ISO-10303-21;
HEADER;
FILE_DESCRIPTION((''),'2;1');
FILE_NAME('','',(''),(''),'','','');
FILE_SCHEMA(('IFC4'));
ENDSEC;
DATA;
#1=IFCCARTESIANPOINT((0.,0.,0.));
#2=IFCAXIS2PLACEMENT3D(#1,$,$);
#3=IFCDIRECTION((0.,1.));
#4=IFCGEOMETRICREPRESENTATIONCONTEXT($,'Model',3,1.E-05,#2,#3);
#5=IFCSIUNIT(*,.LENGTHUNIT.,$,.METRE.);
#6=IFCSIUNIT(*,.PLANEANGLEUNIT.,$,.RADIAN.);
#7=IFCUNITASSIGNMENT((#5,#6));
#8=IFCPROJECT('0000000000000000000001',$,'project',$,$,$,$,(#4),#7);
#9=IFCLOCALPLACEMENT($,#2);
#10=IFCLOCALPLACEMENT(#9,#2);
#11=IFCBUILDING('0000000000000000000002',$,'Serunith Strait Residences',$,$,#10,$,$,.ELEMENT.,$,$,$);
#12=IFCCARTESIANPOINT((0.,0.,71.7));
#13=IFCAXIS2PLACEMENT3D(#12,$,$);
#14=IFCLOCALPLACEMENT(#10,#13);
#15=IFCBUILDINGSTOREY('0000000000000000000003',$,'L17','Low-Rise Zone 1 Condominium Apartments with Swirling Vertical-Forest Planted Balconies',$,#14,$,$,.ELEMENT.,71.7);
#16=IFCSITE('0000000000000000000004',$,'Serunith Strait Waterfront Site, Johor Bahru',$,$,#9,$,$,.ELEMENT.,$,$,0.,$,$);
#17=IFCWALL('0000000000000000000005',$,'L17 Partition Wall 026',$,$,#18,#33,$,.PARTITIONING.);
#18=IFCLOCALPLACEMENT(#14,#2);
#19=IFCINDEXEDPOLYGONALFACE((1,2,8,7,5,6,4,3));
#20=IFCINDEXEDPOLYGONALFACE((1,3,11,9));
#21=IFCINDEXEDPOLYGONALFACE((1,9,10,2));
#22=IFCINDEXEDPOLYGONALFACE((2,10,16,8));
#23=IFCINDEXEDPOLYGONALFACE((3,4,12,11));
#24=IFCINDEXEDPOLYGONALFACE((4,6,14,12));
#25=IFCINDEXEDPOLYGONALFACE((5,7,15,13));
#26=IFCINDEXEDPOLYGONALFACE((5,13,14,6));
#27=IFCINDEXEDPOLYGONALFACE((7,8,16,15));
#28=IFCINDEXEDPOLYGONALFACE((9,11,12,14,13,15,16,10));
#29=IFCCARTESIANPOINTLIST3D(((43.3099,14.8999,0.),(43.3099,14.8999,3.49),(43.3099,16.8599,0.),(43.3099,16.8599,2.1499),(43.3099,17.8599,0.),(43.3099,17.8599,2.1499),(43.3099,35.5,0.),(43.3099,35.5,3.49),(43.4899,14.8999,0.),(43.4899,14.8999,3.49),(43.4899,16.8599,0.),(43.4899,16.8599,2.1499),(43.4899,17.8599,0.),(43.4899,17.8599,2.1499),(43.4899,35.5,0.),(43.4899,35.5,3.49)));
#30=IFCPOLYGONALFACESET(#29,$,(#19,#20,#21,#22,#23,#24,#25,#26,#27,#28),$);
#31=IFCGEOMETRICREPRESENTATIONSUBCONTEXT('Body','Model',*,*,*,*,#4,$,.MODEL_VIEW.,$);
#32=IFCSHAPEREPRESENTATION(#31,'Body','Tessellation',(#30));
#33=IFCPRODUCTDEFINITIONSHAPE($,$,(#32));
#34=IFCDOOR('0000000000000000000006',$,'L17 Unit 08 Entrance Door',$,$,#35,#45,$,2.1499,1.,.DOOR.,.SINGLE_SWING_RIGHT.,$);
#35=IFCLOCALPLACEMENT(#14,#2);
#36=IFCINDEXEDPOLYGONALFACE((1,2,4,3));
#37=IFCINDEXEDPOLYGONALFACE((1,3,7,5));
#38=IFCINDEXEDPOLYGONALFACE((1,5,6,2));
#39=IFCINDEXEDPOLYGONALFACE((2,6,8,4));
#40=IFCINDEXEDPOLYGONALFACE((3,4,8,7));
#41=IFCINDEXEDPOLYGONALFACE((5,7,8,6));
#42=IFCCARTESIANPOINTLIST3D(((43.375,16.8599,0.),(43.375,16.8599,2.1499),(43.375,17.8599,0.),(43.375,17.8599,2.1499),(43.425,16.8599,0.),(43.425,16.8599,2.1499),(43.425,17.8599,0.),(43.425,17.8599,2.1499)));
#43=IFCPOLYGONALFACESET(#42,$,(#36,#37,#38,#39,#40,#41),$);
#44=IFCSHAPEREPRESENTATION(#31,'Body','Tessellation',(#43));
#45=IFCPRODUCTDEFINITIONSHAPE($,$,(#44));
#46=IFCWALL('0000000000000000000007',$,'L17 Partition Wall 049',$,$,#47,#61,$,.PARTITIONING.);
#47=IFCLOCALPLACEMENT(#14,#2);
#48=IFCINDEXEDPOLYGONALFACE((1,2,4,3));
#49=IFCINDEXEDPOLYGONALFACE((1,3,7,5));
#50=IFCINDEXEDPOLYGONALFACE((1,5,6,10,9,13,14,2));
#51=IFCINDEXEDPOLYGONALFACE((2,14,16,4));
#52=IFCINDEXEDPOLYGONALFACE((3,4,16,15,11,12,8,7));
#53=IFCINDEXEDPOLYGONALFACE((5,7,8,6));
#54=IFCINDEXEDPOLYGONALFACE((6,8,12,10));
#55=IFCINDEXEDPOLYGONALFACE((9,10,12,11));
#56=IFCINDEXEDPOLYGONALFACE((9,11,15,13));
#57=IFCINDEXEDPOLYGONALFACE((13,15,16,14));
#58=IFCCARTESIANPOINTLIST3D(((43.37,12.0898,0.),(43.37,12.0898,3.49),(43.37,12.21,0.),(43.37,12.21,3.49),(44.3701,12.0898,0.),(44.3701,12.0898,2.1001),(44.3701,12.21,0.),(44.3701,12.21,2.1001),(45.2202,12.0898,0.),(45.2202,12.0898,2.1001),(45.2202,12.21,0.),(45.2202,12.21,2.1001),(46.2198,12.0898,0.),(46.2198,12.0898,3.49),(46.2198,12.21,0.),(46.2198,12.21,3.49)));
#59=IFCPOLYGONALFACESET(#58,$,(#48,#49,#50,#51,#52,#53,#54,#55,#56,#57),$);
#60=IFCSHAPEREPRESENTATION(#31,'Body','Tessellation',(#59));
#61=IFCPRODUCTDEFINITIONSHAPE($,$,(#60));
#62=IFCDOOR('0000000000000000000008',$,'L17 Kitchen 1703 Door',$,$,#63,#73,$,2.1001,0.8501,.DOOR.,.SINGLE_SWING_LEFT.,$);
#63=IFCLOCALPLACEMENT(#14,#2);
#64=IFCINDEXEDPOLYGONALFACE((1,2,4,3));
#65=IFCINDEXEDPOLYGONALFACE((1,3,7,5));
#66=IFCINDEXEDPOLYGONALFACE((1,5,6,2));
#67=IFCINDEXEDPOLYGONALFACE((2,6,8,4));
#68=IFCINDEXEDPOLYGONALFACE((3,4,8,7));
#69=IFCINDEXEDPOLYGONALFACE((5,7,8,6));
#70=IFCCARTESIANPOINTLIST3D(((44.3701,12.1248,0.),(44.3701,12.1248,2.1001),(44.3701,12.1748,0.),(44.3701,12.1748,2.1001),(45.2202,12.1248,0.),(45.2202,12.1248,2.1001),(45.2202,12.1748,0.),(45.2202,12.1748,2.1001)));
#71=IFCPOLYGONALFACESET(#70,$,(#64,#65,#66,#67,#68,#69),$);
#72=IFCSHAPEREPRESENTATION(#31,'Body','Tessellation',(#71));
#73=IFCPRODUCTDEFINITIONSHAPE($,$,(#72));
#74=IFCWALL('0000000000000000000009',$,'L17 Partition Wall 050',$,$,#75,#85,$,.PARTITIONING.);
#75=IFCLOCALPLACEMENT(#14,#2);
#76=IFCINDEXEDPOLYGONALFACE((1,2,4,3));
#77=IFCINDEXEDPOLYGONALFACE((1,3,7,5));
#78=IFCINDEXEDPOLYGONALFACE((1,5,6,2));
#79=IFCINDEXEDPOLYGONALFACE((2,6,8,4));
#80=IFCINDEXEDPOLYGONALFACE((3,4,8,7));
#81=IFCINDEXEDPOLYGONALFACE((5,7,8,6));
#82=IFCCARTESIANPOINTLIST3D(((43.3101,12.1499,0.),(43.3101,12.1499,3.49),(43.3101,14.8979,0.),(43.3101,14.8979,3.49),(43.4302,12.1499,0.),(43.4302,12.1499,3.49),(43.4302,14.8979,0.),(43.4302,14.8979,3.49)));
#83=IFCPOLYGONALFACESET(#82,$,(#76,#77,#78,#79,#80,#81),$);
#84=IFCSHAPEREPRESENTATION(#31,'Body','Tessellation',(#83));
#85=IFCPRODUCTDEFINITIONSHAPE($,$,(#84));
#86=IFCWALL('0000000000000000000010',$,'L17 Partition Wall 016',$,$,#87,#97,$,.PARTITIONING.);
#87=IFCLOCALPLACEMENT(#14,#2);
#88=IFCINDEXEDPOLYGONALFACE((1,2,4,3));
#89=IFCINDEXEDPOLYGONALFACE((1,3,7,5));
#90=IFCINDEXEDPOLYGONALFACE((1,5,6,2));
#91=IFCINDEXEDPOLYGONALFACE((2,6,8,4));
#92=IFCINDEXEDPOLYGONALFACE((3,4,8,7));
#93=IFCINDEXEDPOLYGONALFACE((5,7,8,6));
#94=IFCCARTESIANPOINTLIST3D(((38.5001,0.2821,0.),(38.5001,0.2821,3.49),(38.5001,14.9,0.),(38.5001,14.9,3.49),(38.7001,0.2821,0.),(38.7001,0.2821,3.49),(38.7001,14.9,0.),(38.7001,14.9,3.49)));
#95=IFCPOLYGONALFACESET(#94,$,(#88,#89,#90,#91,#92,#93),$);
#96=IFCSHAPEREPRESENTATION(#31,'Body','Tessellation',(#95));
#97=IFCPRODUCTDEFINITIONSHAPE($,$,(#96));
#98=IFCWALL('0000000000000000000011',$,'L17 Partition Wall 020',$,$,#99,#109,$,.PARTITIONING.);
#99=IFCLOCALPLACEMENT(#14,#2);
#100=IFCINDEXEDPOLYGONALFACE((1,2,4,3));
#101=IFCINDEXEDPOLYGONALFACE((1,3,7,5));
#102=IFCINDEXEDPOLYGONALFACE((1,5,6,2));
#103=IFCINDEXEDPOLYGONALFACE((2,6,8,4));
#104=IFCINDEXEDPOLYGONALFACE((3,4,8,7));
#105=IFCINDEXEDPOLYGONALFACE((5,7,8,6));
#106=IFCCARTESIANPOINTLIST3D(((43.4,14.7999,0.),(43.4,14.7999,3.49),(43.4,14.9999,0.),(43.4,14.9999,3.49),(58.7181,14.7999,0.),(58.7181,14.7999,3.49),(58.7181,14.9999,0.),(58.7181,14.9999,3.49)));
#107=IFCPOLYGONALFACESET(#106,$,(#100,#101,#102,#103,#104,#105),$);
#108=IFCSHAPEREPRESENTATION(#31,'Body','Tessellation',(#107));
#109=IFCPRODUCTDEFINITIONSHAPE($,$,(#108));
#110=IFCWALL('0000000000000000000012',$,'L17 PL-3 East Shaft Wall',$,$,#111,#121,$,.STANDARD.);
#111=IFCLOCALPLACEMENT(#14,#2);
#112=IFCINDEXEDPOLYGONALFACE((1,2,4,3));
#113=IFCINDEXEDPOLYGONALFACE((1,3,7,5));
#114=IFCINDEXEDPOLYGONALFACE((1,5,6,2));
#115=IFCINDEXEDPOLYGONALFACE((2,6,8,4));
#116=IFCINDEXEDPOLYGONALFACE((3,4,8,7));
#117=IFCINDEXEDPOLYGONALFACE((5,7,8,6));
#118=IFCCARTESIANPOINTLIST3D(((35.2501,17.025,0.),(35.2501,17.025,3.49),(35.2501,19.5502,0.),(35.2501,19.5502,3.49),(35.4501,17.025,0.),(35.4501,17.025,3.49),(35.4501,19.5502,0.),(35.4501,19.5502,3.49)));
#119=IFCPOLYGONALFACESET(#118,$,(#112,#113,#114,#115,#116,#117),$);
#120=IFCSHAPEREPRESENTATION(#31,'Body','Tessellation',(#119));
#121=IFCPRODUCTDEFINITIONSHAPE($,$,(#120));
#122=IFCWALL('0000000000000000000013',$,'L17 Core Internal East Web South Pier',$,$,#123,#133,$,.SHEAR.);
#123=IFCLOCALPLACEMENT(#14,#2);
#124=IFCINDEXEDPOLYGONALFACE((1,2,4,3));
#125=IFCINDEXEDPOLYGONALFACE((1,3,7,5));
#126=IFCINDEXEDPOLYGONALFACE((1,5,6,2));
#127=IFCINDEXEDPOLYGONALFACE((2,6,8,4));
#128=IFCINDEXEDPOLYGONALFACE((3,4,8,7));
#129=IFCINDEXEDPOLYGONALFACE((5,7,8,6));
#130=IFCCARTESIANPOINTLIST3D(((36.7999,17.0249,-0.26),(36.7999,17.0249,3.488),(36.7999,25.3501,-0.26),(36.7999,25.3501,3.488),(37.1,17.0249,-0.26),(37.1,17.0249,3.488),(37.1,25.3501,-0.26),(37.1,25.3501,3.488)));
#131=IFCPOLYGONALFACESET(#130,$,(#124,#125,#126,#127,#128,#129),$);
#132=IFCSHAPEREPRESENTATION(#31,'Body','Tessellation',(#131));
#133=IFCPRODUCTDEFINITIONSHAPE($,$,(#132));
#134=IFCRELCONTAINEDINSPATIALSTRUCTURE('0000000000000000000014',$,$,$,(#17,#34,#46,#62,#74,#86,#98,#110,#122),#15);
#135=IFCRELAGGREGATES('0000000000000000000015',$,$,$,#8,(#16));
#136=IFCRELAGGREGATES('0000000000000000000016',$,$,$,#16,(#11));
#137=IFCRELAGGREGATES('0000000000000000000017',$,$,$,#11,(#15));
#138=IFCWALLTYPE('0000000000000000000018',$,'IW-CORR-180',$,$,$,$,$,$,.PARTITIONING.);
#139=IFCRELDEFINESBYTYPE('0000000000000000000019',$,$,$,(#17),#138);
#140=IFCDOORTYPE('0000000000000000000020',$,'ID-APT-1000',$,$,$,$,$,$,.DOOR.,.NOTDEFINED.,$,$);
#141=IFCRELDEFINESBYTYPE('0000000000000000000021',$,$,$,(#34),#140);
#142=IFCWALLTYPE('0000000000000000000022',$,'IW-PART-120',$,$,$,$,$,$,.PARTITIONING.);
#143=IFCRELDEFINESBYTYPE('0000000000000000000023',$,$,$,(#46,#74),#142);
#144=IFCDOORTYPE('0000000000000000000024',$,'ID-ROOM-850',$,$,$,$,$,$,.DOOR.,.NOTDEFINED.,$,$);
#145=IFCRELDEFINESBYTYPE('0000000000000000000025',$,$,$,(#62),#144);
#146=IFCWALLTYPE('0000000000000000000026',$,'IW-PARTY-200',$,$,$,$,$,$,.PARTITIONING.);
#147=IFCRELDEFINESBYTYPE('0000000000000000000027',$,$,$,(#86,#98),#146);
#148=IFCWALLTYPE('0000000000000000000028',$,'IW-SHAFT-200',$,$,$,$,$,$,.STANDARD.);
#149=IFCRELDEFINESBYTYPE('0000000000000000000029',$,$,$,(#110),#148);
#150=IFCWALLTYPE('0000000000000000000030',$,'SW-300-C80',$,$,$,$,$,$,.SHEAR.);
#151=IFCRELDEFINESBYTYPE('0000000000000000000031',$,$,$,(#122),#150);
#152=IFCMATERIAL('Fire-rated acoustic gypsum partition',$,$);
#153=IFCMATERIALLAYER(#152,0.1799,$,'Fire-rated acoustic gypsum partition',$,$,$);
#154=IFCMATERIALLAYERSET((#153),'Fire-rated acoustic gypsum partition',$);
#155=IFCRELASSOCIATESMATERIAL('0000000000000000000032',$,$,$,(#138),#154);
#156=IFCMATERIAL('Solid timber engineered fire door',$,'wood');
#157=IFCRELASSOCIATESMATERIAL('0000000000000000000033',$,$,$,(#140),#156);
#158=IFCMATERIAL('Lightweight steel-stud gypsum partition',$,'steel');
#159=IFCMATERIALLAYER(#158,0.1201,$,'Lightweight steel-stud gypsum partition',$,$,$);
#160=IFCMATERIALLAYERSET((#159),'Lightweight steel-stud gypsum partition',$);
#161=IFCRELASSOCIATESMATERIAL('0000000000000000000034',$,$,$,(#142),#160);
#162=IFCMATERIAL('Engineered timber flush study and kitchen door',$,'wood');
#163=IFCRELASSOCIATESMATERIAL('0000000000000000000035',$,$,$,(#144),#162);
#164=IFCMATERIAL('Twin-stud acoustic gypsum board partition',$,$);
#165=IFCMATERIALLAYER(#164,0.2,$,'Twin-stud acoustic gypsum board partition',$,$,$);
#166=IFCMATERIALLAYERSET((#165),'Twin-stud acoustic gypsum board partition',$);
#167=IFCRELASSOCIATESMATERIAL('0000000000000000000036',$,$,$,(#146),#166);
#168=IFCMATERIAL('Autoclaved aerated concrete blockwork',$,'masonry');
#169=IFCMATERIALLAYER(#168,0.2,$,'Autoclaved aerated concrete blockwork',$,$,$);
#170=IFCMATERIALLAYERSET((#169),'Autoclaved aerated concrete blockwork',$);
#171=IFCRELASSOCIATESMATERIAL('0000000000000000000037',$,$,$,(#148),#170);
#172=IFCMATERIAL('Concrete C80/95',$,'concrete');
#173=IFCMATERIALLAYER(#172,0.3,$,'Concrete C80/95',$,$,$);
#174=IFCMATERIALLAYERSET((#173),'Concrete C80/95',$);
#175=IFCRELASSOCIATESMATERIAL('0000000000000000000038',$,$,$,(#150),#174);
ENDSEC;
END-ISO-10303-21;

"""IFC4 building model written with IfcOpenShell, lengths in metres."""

from ifc_helpers import new_model, si_unit, direction, frame, frame_2d, origin, place, context, subcontext, project, spatial, rectangle, extrude, source, transform, mapped, material, layer, layer_set, type_object, element, fill, save


model = new_model("IFC4")

# Units and contexts
model_context = context("Model", 3, precision=1e-05, world=origin(), true_north=direction((0.0, 1.0)))
body_context = subcontext(model_context, "Body", "Model", "MODEL_VIEW")
ifc_project = project(units=[si_unit("LENGTHUNIT", "METRE"), si_unit("PLANEANGLEUNIT", "RADIAN")], contexts=[model_context])

# Site, building, storey
site_placement = place(None, origin())
site = spatial("IfcSite", under=ifc_project, at=site_placement, Name="Serunith Strait Waterfront Site, Johor Bahru", CompositionType="ELEMENT", RefElevation=0.0)
building_placement = place(site_placement, origin())
building = spatial("IfcBuilding", under=site, at=building_placement, Name="Serunith Strait Residences", CompositionType="ELEMENT")
storey_placement = place(building_placement, frame((0.0, 0.0, 71.7)))
storey = spatial("IfcBuildingStorey", under=building, at=storey_placement, Name="L17", Description="Low-Rise Zone 1 Condominium Apartments with Swirling Vertical-Forest Planted Balconies", CompositionType="ELEMENT", Elevation=71.7)

# Walls, openings, doors
ifc_material_1 = material(Name="Fire-rated acoustic gypsum partition")
ifc_layer_1 = layer(ifc_material_1, 0.1799, Name="Fire-rated acoustic gypsum partition")
ifc_layer_set_1 = layer_set([ifc_layer_1], Name="Fire-rated acoustic gypsum partition")
wall_type_1 = type_object("IfcWallType", Name="IW-CORR-180", PredefinedType="PARTITIONING", material=ifc_layer_set_1)
wall_1_placement = place(storey_placement, frame((43.3999, 14.8999, 0.0), z_axis=(0.0, 0.0, 1.0), x_axis=(0.0, 1.0, 0.0)))
wall_1 = element("IfcWall", 1, at=wall_1_placement, inside=storey, type_object=wall_type_1, Name="L17 Partition Wall 026", PredefinedType="PARTITIONING", context=body_context, shape_type="SweptSolid", body=[
    extrude(rectangle(XDim=20.6001, YDim=0.1799, at=frame_2d((10.3, 0.0))), origin(), (0.0, 0.0, 1.0), 3.49),
])
opening_1_placement = place(wall_1_placement, frame((1.96, 0.0, 0.0)))
opening_1 = element("IfcOpeningElement", 2, at=opening_1_placement, cuts=wall_1, PredefinedType="OPENING", context=body_context, shape_type="SweptSolid", body=[
    extrude(rectangle(XDim=1.0, YDim=2.1499, at=frame_2d((0.5, 1.075))), frame((0.0, 0.1001, 0.0), z_axis=(0.0, -1.0, 0.0), x_axis=(1.0, 0.0, 0.0)), (0.0, 0.0, 1.0), 0.2),
])
ifc_material_2 = material(Name="Solid timber engineered fire door", Category="wood")
door_type_1 = type_object("IfcDoorType", Name="ID-APT-1000", OperationType="NOTDEFINED", PredefinedType="DOOR", material=ifc_material_2)
shared_shape_1 = source(origin(), body_context, "Body", "SweptSolid", [
    extrude(rectangle(XDim=1.0, YDim=2.1499, at=frame_2d((0.5, 1.075))), frame((0.0, 0.0249, 0.0), z_axis=(0.0, -1.0, 0.0), x_axis=(1.0, 0.0, 0.0)), (0.0, 0.0, 1.0), 0.05),
])
door_1_placement = place(opening_1_placement, origin())
door_1 = element("IfcDoor", 3, at=door_1_placement, inside=storey, type_object=door_type_1, Name="L17 Unit 08 Entrance Door", OperationType="SINGLE_SWING_RIGHT", OverallHeight=2.1499, OverallWidth=1.0, PredefinedType="DOOR", context=body_context, shape_type="MappedRepresentation", body=[
    mapped(shared_shape_1, transform((0.0, 0.0, 0.0), scale=1.0)),
])
fill(opening_1, door_1)
ifc_material_3 = material(Name="Lightweight steel-stud gypsum partition", Category="steel")
ifc_layer_2 = layer(ifc_material_3, 0.1201, Name="Lightweight steel-stud gypsum partition")
ifc_layer_set_2 = layer_set([ifc_layer_2], Name="Lightweight steel-stud gypsum partition")
wall_type_2 = type_object("IfcWallType", Name="IW-PART-120", PredefinedType="PARTITIONING", material=ifc_layer_set_2)
wall_2_placement = place(storey_placement, frame((43.3701, 12.1499, 0.0), z_axis=(0.0, 0.0, 1.0), x_axis=(1.0, 0.0, 0.0)))
wall_2 = element("IfcWall", 4, at=wall_2_placement, inside=storey, type_object=wall_type_2, Name="L17 Partition Wall 049", PredefinedType="PARTITIONING", context=body_context, shape_type="SweptSolid", body=[
    extrude(rectangle(XDim=2.8499, YDim=0.1201, at=frame_2d((1.4248, 0.0))), origin(), (0.0, 0.0, 1.0), 3.49),
])
opening_2_placement = place(wall_2_placement, frame((1.0, 0.0, 0.0)))
opening_2 = element("IfcOpeningElement", 5, at=opening_2_placement, cuts=wall_2, PredefinedType="OPENING", context=body_context, shape_type="SweptSolid", body=[
    extrude(rectangle(XDim=0.8501, YDim=2.1001, at=frame_2d((0.425, 1.05))), frame((0.0, 0.0701, 0.0), z_axis=(0.0, -1.0, 0.0), x_axis=(1.0, 0.0, 0.0)), (0.0, 0.0, 1.0), 0.1401),
])
ifc_material_4 = material(Name="Engineered timber flush study and kitchen door", Category="wood")
door_type_2 = type_object("IfcDoorType", Name="ID-ROOM-850", OperationType="NOTDEFINED", PredefinedType="DOOR", material=ifc_material_4)
shared_shape_2 = source(origin(), body_context, "Body", "SweptSolid", [
    extrude(rectangle(XDim=0.8501, YDim=2.1001, at=frame_2d((0.425, 1.05))), frame((0.0, 0.0249, 0.0), z_axis=(0.0, -1.0, 0.0), x_axis=(1.0, 0.0, 0.0)), (0.0, 0.0, 1.0), 0.05),
])
door_2_placement = place(opening_2_placement, origin())
door_2 = element("IfcDoor", 6, at=door_2_placement, inside=storey, type_object=door_type_2, Name="L17 Kitchen 1703 Door", OperationType="SINGLE_SWING_LEFT", OverallHeight=2.1001, OverallWidth=0.8501, PredefinedType="DOOR", context=body_context, shape_type="MappedRepresentation", body=[
    mapped(shared_shape_2, transform((0.0, 0.0, 0.0), scale=1.0)),
])
fill(opening_2, door_2)

# Walls
wall_3_placement = place(storey_placement, frame((43.3701, 12.1499, 0.0), z_axis=(0.0, 0.0, 1.0), x_axis=(0.0, 1.0, 0.0)))
element("IfcWall", 7, at=wall_3_placement, inside=storey, type_object=wall_type_2, Name="L17 Partition Wall 050", PredefinedType="PARTITIONING", context=body_context, shape_type="SweptSolid", body=[
    extrude(rectangle(XDim=2.748, YDim=0.1201, at=frame_2d((1.374, 0.0))), origin(), (0.0, 0.0, 1.0), 3.49),
])
ifc_material_5 = material(Name="Twin-stud acoustic gypsum board partition")
ifc_layer_3 = layer(ifc_material_5, 0.2, Name="Twin-stud acoustic gypsum board partition")
ifc_layer_set_3 = layer_set([ifc_layer_3], Name="Twin-stud acoustic gypsum board partition")
wall_type_3 = type_object("IfcWallType", Name="IW-PARTY-200", PredefinedType="PARTITIONING", material=ifc_layer_set_3)
wall_4_placement = place(storey_placement, frame((38.6001, 0.282, 0.0), z_axis=(0.0, 0.0, 1.0), x_axis=(0.0, 1.0, 0.0)))
element("IfcWall", 8, at=wall_4_placement, inside=storey, type_object=wall_type_3, Name="L17 Partition Wall 016", PredefinedType="PARTITIONING", context=body_context, shape_type="SweptSolid", body=[
    extrude(rectangle(XDim=14.6179, YDim=0.2, at=frame_2d((7.3091, 0.0))), origin(), (0.0, 0.0, 1.0), 3.49),
])
wall_5_placement = place(storey_placement, frame((43.3999, 14.8999, 0.0), z_axis=(0.0, 0.0, 1.0), x_axis=(1.0, 0.0, 0.0)))
element("IfcWall", 9, at=wall_5_placement, inside=storey, type_object=wall_type_3, Name="L17 Partition Wall 020", PredefinedType="PARTITIONING", context=body_context, shape_type="SweptSolid", body=[
    extrude(rectangle(XDim=15.3181, YDim=0.2, at=frame_2d((7.6592, 0.0))), origin(), (0.0, 0.0, 1.0), 3.49),
])
ifc_material_6 = material(Name="Autoclaved aerated concrete blockwork", Category="masonry")
ifc_layer_4 = layer(ifc_material_6, 0.2, Name="Autoclaved aerated concrete blockwork")
ifc_layer_set_4 = layer_set([ifc_layer_4], Name="Autoclaved aerated concrete blockwork")
wall_type_4 = type_object("IfcWallType", Name="IW-SHAFT-200", PredefinedType="STANDARD", material=ifc_layer_set_4)
wall_6_placement = place(storey_placement, frame((35.3501, 17.0249, 0.0), z_axis=(0.0, 0.0, 1.0), x_axis=(0.0, 1.0, 0.0)))
element("IfcWall", 10, at=wall_6_placement, inside=storey, type_object=wall_type_4, Name="L17 PL-3 East Shaft Wall", PredefinedType="STANDARD", context=body_context, shape_type="SweptSolid", body=[
    extrude(rectangle(XDim=2.5251, YDim=0.2, at=frame_2d((1.2627, 0.0))), origin(), (0.0, 0.0, 1.0), 3.49),
])
ifc_material_7 = material(Name="Concrete C80/95", Category="concrete")
ifc_layer_5 = layer(ifc_material_7, 0.3, Name="Concrete C80/95")
ifc_layer_set_5 = layer_set([ifc_layer_5], Name="Concrete C80/95")
wall_type_5 = type_object("IfcWallType", Name="SW-300-C80", PredefinedType="SHEAR", material=ifc_layer_set_5)
wall_7_placement = place(storey_placement, frame((36.95, 17.0249, -0.26), z_axis=(0.0, 0.0, 1.0), x_axis=(0.0, 1.0, 0.0)))
element("IfcWall", 11, at=wall_7_placement, inside=storey, type_object=wall_type_5, Name="L17 Core Internal East Web South Pier", PredefinedType="SHEAR", context=body_context, shape_type="SweptSolid", body=[
    extrude(rectangle(XDim=8.3252, YDim=0.3, at=frame_2d((4.1626, 0.0))), origin(), (0.0, 0.0, 1.0), 3.748),
])

save(model, "model.ifc")
